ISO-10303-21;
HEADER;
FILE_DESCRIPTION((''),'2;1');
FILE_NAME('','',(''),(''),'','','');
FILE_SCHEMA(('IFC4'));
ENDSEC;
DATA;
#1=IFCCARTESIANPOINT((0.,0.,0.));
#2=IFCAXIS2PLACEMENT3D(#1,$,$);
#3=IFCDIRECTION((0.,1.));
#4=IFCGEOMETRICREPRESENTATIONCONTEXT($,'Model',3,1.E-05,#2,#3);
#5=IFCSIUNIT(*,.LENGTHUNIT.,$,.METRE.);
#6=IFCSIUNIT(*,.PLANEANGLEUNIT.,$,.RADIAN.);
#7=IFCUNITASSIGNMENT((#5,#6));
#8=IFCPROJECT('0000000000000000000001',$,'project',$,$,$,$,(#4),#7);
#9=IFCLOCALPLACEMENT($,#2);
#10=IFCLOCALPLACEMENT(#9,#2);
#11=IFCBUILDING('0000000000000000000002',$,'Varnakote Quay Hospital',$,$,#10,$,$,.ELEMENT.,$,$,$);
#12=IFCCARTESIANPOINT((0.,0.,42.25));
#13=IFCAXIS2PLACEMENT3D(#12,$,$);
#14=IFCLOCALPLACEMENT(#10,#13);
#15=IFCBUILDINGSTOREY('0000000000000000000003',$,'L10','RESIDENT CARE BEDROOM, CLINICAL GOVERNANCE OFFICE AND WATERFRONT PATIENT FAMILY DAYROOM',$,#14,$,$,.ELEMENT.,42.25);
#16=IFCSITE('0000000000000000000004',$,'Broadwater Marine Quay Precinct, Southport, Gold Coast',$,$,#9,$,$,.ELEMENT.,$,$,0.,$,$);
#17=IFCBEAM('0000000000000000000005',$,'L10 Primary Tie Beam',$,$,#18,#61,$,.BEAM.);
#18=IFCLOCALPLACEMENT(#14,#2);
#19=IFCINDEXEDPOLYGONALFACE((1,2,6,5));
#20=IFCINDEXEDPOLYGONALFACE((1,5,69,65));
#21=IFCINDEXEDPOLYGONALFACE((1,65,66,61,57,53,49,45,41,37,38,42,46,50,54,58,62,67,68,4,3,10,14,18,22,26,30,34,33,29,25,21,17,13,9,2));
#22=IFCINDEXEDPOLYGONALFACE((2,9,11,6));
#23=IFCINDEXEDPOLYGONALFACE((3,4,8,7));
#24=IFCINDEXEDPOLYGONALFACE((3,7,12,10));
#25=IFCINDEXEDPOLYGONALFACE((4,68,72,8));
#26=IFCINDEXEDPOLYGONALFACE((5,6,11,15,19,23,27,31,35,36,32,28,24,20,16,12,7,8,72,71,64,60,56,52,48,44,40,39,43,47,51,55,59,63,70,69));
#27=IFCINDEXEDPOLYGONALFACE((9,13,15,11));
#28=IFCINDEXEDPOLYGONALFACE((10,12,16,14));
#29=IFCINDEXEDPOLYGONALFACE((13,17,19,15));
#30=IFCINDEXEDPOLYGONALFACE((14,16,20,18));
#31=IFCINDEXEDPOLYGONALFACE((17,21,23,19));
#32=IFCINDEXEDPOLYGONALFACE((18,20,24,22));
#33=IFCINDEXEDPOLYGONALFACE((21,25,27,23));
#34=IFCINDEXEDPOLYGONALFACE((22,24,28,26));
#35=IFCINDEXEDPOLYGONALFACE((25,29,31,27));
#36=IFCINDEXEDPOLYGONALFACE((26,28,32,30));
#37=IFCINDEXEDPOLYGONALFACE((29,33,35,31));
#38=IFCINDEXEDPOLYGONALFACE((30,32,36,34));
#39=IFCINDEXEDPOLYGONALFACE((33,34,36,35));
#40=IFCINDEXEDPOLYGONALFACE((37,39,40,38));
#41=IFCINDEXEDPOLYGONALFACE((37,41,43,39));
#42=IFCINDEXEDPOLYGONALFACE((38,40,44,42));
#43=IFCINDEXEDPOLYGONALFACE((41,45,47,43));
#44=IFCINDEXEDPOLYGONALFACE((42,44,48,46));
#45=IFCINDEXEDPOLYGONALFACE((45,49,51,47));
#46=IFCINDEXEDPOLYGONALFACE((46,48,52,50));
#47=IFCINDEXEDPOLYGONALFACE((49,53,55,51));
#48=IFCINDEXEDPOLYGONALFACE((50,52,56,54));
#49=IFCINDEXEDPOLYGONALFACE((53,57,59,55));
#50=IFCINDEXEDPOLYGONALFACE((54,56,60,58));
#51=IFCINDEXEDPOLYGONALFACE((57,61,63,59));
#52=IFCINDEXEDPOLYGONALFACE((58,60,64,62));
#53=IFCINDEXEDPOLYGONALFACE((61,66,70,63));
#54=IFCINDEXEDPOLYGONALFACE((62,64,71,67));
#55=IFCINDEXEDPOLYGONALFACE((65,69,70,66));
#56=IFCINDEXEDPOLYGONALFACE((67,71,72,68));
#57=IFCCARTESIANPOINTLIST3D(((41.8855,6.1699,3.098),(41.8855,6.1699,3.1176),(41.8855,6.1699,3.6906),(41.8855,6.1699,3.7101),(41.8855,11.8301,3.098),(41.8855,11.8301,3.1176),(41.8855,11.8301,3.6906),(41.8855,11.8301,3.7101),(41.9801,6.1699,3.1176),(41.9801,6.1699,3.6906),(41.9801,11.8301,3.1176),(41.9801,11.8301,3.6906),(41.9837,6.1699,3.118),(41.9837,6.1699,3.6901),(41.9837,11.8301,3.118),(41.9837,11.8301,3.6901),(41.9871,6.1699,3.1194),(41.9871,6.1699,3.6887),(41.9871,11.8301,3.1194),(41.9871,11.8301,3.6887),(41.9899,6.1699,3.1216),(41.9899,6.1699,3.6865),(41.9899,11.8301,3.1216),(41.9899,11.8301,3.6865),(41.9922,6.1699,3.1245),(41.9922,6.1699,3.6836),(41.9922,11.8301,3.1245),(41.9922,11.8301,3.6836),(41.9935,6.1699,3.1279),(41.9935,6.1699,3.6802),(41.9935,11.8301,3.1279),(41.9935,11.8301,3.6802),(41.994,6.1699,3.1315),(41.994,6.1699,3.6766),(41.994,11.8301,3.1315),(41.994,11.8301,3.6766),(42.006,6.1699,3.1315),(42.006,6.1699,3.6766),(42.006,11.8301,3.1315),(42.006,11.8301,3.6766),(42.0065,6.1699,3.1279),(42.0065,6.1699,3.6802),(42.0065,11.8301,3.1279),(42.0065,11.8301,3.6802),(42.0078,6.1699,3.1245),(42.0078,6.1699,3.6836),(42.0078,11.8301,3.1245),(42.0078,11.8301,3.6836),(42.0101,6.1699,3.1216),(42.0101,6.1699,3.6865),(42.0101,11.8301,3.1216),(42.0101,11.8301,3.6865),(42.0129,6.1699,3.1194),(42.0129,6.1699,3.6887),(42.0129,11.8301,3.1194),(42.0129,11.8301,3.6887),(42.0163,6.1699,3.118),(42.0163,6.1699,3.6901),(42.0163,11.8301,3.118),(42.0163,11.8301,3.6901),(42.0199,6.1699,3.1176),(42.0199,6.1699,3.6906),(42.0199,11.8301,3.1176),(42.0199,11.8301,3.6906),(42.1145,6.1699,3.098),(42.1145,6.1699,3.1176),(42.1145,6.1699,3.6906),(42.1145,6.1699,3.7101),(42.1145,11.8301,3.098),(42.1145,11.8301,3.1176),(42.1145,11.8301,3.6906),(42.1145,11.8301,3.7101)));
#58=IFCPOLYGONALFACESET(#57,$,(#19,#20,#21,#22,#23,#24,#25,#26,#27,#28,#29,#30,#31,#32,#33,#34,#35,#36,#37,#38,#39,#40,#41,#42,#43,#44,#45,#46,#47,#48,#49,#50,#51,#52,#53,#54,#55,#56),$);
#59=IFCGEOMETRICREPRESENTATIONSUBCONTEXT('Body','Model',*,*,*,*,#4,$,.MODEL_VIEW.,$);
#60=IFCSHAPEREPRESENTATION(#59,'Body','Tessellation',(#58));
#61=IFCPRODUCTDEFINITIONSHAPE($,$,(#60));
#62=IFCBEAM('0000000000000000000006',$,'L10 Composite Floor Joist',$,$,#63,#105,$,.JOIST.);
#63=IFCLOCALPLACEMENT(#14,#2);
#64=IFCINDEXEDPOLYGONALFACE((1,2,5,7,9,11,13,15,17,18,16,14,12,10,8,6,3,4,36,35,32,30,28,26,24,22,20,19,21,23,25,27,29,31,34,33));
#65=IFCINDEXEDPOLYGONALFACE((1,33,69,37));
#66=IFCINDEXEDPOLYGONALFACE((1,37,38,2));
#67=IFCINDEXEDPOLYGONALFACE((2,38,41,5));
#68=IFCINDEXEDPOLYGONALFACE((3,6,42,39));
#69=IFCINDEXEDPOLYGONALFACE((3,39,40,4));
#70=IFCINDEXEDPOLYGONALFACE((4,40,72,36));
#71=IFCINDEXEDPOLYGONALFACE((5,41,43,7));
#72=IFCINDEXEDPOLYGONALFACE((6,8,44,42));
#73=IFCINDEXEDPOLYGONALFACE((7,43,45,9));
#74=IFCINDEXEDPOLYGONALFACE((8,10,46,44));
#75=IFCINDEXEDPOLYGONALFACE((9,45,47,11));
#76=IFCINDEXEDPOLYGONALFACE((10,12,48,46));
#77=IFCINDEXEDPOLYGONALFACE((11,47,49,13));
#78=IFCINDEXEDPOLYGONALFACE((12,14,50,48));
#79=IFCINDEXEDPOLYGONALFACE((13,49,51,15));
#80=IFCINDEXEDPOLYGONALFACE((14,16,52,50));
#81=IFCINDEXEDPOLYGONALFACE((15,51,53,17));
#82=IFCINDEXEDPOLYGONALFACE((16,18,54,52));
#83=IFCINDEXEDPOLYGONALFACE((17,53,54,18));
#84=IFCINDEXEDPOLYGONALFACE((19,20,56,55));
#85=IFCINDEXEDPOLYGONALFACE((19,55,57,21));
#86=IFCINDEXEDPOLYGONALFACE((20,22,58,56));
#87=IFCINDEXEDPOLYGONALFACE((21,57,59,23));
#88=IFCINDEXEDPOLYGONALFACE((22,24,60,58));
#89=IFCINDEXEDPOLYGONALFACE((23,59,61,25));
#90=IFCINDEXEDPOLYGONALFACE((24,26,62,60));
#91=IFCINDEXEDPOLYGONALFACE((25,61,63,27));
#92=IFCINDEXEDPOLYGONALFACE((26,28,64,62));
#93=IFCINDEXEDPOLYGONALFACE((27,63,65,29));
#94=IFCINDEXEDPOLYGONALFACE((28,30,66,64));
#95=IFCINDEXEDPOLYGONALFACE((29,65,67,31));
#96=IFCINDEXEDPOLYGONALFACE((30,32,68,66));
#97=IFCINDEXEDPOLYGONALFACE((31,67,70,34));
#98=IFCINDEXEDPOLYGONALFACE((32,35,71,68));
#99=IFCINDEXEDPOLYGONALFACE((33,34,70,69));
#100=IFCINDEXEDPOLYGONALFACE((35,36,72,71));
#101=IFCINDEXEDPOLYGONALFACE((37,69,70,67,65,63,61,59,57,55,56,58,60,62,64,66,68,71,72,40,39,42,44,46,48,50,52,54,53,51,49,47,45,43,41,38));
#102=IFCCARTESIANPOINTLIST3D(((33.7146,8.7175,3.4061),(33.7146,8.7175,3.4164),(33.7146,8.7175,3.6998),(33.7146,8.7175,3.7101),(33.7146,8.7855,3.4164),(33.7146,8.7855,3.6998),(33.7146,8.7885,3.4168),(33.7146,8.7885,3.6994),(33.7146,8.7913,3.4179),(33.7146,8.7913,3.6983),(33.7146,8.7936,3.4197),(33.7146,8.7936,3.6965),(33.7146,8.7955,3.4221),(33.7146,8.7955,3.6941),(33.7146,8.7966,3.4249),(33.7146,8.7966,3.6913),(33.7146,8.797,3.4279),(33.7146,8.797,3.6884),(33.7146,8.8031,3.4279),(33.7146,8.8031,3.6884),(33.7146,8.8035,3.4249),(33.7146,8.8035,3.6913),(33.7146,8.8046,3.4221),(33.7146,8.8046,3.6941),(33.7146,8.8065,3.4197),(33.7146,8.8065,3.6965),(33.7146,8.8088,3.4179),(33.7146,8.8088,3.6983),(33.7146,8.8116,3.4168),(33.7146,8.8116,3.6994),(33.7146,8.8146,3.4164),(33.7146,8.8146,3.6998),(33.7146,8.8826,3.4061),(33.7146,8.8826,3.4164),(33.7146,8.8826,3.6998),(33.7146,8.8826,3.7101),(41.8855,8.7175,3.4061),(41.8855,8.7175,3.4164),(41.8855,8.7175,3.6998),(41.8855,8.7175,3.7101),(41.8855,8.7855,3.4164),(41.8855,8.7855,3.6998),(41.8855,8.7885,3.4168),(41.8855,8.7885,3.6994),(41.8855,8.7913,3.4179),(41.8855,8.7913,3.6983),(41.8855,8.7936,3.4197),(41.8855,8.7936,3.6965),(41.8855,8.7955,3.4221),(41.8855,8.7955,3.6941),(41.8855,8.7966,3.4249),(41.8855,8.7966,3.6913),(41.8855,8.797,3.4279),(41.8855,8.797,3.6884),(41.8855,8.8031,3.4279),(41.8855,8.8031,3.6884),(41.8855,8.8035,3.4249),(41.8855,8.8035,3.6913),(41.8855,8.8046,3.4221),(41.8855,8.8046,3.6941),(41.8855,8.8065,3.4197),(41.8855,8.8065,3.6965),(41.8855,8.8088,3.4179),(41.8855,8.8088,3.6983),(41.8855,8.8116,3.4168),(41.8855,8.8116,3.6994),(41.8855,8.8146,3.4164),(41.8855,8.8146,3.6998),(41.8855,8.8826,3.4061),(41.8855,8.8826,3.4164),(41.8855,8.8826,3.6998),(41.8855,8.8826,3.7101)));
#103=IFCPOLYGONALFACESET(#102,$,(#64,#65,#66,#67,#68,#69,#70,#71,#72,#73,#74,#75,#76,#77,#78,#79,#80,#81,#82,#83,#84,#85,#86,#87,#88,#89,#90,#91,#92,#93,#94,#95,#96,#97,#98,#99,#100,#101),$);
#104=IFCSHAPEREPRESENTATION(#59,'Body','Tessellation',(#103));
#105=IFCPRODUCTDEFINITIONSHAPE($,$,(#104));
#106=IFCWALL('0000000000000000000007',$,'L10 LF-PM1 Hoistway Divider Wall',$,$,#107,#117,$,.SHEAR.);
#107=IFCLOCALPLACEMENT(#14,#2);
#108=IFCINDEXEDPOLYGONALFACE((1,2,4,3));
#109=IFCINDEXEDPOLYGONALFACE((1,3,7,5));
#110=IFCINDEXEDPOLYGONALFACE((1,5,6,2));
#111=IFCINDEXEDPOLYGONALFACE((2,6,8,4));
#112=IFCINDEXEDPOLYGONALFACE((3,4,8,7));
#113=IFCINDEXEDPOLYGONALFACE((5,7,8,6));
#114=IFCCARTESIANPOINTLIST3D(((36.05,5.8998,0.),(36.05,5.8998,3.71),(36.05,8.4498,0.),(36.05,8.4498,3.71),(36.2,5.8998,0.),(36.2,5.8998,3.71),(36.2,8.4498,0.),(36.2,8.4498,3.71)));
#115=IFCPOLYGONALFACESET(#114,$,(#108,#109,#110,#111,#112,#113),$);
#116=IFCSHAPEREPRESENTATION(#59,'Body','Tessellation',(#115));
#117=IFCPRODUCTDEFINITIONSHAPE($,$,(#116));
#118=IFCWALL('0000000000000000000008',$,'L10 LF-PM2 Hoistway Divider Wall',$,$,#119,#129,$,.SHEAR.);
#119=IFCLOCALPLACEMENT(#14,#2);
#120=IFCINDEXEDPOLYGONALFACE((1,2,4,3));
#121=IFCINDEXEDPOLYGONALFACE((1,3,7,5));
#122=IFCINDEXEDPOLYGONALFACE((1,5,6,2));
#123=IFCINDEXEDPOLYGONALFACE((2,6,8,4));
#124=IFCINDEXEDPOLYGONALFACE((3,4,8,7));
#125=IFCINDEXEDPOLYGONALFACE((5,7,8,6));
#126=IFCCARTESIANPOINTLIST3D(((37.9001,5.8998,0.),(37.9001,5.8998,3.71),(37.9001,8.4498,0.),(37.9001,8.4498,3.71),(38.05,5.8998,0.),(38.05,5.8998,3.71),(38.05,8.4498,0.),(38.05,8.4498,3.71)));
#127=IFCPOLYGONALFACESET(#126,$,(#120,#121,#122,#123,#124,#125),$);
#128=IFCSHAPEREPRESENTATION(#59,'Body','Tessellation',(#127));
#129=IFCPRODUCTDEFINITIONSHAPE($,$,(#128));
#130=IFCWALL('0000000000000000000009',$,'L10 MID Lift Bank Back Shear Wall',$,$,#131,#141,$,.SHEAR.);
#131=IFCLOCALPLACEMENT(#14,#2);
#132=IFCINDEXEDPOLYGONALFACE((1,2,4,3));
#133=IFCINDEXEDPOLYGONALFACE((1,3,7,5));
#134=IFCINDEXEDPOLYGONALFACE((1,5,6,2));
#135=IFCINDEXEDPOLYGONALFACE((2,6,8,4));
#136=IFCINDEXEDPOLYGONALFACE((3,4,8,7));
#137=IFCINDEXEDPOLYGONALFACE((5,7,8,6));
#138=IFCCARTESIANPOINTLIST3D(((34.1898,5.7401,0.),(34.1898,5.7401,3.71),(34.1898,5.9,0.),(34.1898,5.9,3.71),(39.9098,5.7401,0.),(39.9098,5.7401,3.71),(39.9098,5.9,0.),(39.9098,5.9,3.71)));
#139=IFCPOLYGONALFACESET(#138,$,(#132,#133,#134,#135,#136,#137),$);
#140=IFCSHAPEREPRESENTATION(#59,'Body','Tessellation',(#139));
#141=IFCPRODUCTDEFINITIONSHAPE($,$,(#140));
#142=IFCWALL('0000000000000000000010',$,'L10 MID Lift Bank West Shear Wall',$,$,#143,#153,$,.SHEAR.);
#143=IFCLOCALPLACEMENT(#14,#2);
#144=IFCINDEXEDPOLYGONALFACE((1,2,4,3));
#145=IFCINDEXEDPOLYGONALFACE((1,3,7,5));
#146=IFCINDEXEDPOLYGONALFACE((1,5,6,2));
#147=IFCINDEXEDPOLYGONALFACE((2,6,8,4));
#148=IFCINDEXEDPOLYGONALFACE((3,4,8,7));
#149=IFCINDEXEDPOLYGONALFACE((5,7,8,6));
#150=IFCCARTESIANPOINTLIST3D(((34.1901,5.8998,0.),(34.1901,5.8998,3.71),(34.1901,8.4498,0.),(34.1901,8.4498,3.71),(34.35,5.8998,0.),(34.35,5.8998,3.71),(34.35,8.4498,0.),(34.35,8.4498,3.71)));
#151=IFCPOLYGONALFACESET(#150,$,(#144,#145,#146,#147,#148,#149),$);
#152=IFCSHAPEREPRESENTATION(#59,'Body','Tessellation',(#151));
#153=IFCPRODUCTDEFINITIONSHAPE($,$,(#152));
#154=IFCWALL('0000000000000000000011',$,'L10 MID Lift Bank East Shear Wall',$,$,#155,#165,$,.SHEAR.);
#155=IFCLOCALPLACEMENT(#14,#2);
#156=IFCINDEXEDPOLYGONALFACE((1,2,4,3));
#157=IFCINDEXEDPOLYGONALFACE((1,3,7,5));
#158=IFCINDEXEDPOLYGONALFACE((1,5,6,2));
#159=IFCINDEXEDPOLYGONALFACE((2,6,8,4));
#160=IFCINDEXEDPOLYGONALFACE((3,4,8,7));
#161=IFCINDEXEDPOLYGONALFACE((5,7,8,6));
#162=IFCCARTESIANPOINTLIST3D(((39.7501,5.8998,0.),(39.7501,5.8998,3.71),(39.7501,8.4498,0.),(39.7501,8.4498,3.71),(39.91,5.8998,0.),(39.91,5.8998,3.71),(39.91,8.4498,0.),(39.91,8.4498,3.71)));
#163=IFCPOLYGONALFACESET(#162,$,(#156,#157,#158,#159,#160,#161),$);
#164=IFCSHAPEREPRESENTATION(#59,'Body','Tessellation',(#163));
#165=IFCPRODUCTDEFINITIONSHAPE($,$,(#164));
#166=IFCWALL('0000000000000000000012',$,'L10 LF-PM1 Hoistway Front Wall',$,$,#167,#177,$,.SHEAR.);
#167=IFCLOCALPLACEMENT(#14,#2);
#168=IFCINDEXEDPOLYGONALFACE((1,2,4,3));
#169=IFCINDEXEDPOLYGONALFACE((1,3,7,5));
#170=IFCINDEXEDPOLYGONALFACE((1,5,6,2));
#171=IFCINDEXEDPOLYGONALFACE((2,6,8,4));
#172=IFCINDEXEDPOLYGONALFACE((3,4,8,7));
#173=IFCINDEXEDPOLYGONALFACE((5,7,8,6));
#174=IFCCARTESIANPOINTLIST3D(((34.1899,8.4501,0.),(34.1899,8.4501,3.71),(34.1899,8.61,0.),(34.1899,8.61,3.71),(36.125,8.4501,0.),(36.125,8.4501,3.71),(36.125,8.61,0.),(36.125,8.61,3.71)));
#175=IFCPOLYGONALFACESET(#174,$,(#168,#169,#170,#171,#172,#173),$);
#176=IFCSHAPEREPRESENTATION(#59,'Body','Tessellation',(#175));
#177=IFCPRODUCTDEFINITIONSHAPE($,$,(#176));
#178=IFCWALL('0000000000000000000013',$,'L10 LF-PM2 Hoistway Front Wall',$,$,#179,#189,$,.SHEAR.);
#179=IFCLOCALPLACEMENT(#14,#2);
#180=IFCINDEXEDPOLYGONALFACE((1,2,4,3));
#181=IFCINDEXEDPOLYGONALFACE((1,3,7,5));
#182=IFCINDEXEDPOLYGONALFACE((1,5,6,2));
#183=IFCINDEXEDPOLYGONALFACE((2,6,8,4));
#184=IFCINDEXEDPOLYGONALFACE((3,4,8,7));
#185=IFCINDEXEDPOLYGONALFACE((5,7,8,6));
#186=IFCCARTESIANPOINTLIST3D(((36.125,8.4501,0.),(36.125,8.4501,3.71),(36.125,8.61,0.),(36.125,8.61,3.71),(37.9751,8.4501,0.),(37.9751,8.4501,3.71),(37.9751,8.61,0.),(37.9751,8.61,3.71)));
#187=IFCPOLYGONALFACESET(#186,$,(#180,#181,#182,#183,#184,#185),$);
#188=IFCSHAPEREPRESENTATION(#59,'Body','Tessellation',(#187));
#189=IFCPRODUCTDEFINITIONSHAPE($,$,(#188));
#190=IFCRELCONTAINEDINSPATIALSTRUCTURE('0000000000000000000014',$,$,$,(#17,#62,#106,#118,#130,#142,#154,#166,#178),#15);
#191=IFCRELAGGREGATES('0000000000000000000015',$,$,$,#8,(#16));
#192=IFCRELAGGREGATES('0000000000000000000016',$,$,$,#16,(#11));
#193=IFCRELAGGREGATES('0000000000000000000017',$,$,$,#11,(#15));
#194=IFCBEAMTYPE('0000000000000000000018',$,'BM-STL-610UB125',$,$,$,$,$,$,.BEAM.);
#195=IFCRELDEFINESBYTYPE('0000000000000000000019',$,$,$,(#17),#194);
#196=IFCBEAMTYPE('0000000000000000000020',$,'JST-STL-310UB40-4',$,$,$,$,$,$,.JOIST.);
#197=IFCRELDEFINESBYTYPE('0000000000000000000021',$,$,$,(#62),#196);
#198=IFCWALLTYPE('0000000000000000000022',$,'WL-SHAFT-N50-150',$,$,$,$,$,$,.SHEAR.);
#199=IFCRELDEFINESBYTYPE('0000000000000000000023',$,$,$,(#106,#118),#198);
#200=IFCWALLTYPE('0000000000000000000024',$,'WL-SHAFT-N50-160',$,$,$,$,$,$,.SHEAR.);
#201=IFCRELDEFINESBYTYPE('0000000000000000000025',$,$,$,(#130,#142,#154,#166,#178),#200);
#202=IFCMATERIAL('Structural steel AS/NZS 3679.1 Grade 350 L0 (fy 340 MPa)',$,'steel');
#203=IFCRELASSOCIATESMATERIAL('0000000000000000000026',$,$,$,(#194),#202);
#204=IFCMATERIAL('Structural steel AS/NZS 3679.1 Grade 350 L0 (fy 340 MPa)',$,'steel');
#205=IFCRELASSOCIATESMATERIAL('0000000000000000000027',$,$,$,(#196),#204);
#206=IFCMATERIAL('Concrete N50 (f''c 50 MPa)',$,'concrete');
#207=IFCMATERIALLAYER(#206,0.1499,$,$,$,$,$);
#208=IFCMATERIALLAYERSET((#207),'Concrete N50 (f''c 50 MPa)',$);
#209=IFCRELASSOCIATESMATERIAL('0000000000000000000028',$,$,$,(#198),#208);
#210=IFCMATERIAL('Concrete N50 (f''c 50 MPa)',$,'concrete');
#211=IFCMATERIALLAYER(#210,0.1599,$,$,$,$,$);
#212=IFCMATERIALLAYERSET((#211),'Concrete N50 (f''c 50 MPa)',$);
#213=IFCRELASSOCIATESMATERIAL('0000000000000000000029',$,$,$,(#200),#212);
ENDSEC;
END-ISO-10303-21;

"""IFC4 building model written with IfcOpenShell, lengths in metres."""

from ifc_helpers import new_model, si_unit, direction, frame, frame_2d, origin, origin_2d, place, context, subcontext, project, spatial, rectangle, i_section, extrude, material, layer, layer_set, material_profile, profile_set, type_object, element, save


model = new_model("IFC4")

# Units and contexts
model_context = context("Model", 3, precision=1e-05, world=origin(), true_north=direction((0.0, 1.0)))
body_context = subcontext(model_context, "Body", "Model", "MODEL_VIEW")
ifc_project = project(units=[si_unit("LENGTHUNIT", "METRE"), si_unit("PLANEANGLEUNIT", "RADIAN")], contexts=[model_context])

# Site, building, storey
site_placement = place(None, origin())
site = spatial("IfcSite", under=ifc_project, at=site_placement, Name="Broadwater Marine Quay Precinct, Southport, Gold Coast", CompositionType="ELEMENT", RefElevation=0.0)
building_placement = place(site_placement, origin())
building = spatial("IfcBuilding", under=site, at=building_placement, Name="Varnakote Quay Hospital", CompositionType="ELEMENT")
storey_placement = place(building_placement, frame((0.0, 0.0, 42.25)))
storey = spatial("IfcBuildingStorey", under=building, at=storey_placement, Name="L10", Description="RESIDENT CARE BEDROOM, CLINICAL GOVERNANCE OFFICE AND WATERFRONT PATIENT FAMILY DAYROOM", CompositionType="ELEMENT", Elevation=42.25)

# Beams
ifc_material_1 = material(Name="Structural steel AS/NZS 3679.1 Grade 350 L0 (fy 340 MPa)", Category="steel")
ifc_material_profile_1 = material_profile(ifc_material_1, i_section(OverallWidth=0.229, OverallDepth=0.6121, WebThickness=0.012, FlangeThickness=0.0195, FilletRadius=0.0139, at=origin_2d()), Name="610UB125")
ifc_profile_set_1 = profile_set([ifc_material_profile_1], Name="Structural steel AS/NZS 3679.1 Grade 350 L0 (fy 340 MPa)")
beam_type_1 = type_object("IfcBeamType", Name="BM-STL-610UB125", PredefinedType="BEAM", material=ifc_profile_set_1)
for number, where, z_axis, x_axis, name in (
    (1, (42.0, 6.1699, 3.4041), (0.0, 1.0, 0.0), (-1.0, 0.0, 0.0), "L10 Primary Tie Beam"),
):
    element("IfcBeam", number, at=place(storey_placement, frame(where, z_axis=z_axis, x_axis=x_axis)), inside=storey, type_object=beam_type_1, Name=name, PredefinedType="BEAM", context=body_context, shape_type="SweptSolid", body=[
        extrude(i_section(OverallWidth=0.229, OverallDepth=0.6121, WebThickness=0.012, FlangeThickness=0.0195, FilletRadius=0.0139, at=origin_2d()), origin(), (0.0, 0.0, 1.0), 5.6602),
    ])
ifc_material_2 = material(Name="Structural steel AS/NZS 3679.1 Grade 350 L0 (fy 340 MPa)", Category="steel")
ifc_material_profile_2 = material_profile(ifc_material_2, i_section(OverallWidth=0.165, OverallDepth=0.304, WebThickness=0.0061, FlangeThickness=0.0103, FilletRadius=0.0115, at=origin_2d()), Name="310UB40.4")
ifc_profile_set_2 = profile_set([ifc_material_profile_2], Name="Structural steel AS/NZS 3679.1 Grade 350 L0 (fy 340 MPa)")
beam_type_2 = type_object("IfcBeamType", Name="JST-STL-310UB40-4", PredefinedType="JOIST", material=ifc_profile_set_2)
beam_1_placement = place(storey_placement, frame((33.7146, 8.8, 3.5581), z_axis=(1.0, 0.0, 0.0), x_axis=(0.0, 1.0, 0.0)))
element("IfcBeam", 2, at=beam_1_placement, inside=storey, type_object=beam_type_2, Name="L10 Composite Floor Joist", PredefinedType="JOIST", context=body_context, shape_type="SweptSolid", body=[
    extrude(i_section(OverallWidth=0.165, OverallDepth=0.304, WebThickness=0.0061, FlangeThickness=0.0103, FilletRadius=0.0115, at=origin_2d()), origin(), (0.0, 0.0, 1.0), 8.1709),
])

# Walls
ifc_material_3 = material(Name="Concrete N50 (f'c 50 MPa)", Category="concrete")
ifc_layer_1 = layer(ifc_material_3, 0.1499)
ifc_layer_set_1 = layer_set([ifc_layer_1], Name="Concrete N50 (f'c 50 MPa)")
wall_type_1 = type_object("IfcWallType", Name="WL-SHAFT-N50-150", PredefinedType="SHEAR", material=ifc_layer_set_1)
for number, where, z_axis, x_axis, name in (
    (3, (36.125, 5.8999, 0.0), (0.0, 0.0, 1.0), (0.0, 1.0, 0.0), "L10 LF-PM1 Hoistway Divider Wall"),
    (4, (37.9751, 5.8999, 0.0), (0.0, 0.0, 1.0), (0.0, 1.0, 0.0), "L10 LF-PM2 Hoistway Divider Wall"),
):
    element("IfcWall", number, at=place(storey_placement, frame(where, z_axis=z_axis, x_axis=x_axis)), inside=storey, type_object=wall_type_1, Name=name, PredefinedType="SHEAR", context=body_context, shape_type="SweptSolid", body=[
        extrude(rectangle(XDim=2.55, YDim=0.1499, at=frame_2d((1.2749, 0.0))), origin(), (0.0, 0.0, 1.0), 3.71),
    ])
ifc_material_4 = material(Name="Concrete N50 (f'c 50 MPa)", Category="concrete")
ifc_layer_2 = layer(ifc_material_4, 0.1599)
ifc_layer_set_2 = layer_set([ifc_layer_2], Name="Concrete N50 (f'c 50 MPa)")
wall_type_2 = type_object("IfcWallType", Name="WL-SHAFT-N50-160", PredefinedType="SHEAR", material=ifc_layer_set_2)
wall_1_placement = place(storey_placement, frame((34.1899, 5.8201, 0.0), z_axis=(0.0, 0.0, 1.0), x_axis=(1.0, 0.0, 0.0)))
element("IfcWall", 5, at=wall_1_placement, inside=storey, type_object=wall_type_2, Name="L10 MID Lift Bank Back Shear Wall", PredefinedType="SHEAR", context=body_context, shape_type="SweptSolid", body=[
    extrude(rectangle(XDim=5.72, YDim=0.1599, at=frame_2d((2.8599, 0.0))), origin(), (0.0, 0.0, 1.0), 3.71),
])
for number, where, z_axis, x_axis, name in (
    (6, (34.27, 5.8999, 0.0), (0.0, 0.0, 1.0), (0.0, 1.0, 0.0), "L10 MID Lift Bank West Shear Wall"),
    (7, (39.8301, 5.8999, 0.0), (0.0, 0.0, 1.0), (0.0, 1.0, 0.0), "L10 MID Lift Bank East Shear Wall"),
):
    element("IfcWall", number, at=place(storey_placement, frame(where, z_axis=z_axis, x_axis=x_axis)), inside=storey, type_object=wall_type_2, Name=name, PredefinedType="SHEAR", context=body_context, shape_type="SweptSolid", body=[
        extrude(rectangle(XDim=2.55, YDim=0.1599, at=frame_2d((1.2749, 0.0))), origin(), (0.0, 0.0, 1.0), 3.71),
    ])
wall_2_placement = place(storey_placement, frame((34.1899, 8.53, 0.0), z_axis=(0.0, 0.0, 1.0), x_axis=(1.0, 0.0, 0.0)))
element("IfcWall", 8, at=wall_2_placement, inside=storey, type_object=wall_type_2, Name="L10 LF-PM1 Hoistway Front Wall", PredefinedType="SHEAR", context=body_context, shape_type="SweptSolid", body=[
    extrude(rectangle(XDim=1.9351, YDim=0.1599, at=frame_2d((0.9675, 0.0))), origin(), (0.0, 0.0, 1.0), 3.71),
])
wall_3_placement = place(storey_placement, frame((36.125, 8.53, 0.0), z_axis=(0.0, 0.0, 1.0), x_axis=(1.0, 0.0, 0.0)))
element("IfcWall", 9, at=wall_3_placement, inside=storey, type_object=wall_type_2, Name="L10 LF-PM2 Hoistway Front Wall", PredefinedType="SHEAR", context=body_context, shape_type="SweptSolid", body=[
    extrude(rectangle(XDim=1.8501, YDim=0.1599, at=frame_2d((0.925, 0.0))), origin(), (0.0, 0.0, 1.0), 3.71),
])

save(model, "model.ifc")
